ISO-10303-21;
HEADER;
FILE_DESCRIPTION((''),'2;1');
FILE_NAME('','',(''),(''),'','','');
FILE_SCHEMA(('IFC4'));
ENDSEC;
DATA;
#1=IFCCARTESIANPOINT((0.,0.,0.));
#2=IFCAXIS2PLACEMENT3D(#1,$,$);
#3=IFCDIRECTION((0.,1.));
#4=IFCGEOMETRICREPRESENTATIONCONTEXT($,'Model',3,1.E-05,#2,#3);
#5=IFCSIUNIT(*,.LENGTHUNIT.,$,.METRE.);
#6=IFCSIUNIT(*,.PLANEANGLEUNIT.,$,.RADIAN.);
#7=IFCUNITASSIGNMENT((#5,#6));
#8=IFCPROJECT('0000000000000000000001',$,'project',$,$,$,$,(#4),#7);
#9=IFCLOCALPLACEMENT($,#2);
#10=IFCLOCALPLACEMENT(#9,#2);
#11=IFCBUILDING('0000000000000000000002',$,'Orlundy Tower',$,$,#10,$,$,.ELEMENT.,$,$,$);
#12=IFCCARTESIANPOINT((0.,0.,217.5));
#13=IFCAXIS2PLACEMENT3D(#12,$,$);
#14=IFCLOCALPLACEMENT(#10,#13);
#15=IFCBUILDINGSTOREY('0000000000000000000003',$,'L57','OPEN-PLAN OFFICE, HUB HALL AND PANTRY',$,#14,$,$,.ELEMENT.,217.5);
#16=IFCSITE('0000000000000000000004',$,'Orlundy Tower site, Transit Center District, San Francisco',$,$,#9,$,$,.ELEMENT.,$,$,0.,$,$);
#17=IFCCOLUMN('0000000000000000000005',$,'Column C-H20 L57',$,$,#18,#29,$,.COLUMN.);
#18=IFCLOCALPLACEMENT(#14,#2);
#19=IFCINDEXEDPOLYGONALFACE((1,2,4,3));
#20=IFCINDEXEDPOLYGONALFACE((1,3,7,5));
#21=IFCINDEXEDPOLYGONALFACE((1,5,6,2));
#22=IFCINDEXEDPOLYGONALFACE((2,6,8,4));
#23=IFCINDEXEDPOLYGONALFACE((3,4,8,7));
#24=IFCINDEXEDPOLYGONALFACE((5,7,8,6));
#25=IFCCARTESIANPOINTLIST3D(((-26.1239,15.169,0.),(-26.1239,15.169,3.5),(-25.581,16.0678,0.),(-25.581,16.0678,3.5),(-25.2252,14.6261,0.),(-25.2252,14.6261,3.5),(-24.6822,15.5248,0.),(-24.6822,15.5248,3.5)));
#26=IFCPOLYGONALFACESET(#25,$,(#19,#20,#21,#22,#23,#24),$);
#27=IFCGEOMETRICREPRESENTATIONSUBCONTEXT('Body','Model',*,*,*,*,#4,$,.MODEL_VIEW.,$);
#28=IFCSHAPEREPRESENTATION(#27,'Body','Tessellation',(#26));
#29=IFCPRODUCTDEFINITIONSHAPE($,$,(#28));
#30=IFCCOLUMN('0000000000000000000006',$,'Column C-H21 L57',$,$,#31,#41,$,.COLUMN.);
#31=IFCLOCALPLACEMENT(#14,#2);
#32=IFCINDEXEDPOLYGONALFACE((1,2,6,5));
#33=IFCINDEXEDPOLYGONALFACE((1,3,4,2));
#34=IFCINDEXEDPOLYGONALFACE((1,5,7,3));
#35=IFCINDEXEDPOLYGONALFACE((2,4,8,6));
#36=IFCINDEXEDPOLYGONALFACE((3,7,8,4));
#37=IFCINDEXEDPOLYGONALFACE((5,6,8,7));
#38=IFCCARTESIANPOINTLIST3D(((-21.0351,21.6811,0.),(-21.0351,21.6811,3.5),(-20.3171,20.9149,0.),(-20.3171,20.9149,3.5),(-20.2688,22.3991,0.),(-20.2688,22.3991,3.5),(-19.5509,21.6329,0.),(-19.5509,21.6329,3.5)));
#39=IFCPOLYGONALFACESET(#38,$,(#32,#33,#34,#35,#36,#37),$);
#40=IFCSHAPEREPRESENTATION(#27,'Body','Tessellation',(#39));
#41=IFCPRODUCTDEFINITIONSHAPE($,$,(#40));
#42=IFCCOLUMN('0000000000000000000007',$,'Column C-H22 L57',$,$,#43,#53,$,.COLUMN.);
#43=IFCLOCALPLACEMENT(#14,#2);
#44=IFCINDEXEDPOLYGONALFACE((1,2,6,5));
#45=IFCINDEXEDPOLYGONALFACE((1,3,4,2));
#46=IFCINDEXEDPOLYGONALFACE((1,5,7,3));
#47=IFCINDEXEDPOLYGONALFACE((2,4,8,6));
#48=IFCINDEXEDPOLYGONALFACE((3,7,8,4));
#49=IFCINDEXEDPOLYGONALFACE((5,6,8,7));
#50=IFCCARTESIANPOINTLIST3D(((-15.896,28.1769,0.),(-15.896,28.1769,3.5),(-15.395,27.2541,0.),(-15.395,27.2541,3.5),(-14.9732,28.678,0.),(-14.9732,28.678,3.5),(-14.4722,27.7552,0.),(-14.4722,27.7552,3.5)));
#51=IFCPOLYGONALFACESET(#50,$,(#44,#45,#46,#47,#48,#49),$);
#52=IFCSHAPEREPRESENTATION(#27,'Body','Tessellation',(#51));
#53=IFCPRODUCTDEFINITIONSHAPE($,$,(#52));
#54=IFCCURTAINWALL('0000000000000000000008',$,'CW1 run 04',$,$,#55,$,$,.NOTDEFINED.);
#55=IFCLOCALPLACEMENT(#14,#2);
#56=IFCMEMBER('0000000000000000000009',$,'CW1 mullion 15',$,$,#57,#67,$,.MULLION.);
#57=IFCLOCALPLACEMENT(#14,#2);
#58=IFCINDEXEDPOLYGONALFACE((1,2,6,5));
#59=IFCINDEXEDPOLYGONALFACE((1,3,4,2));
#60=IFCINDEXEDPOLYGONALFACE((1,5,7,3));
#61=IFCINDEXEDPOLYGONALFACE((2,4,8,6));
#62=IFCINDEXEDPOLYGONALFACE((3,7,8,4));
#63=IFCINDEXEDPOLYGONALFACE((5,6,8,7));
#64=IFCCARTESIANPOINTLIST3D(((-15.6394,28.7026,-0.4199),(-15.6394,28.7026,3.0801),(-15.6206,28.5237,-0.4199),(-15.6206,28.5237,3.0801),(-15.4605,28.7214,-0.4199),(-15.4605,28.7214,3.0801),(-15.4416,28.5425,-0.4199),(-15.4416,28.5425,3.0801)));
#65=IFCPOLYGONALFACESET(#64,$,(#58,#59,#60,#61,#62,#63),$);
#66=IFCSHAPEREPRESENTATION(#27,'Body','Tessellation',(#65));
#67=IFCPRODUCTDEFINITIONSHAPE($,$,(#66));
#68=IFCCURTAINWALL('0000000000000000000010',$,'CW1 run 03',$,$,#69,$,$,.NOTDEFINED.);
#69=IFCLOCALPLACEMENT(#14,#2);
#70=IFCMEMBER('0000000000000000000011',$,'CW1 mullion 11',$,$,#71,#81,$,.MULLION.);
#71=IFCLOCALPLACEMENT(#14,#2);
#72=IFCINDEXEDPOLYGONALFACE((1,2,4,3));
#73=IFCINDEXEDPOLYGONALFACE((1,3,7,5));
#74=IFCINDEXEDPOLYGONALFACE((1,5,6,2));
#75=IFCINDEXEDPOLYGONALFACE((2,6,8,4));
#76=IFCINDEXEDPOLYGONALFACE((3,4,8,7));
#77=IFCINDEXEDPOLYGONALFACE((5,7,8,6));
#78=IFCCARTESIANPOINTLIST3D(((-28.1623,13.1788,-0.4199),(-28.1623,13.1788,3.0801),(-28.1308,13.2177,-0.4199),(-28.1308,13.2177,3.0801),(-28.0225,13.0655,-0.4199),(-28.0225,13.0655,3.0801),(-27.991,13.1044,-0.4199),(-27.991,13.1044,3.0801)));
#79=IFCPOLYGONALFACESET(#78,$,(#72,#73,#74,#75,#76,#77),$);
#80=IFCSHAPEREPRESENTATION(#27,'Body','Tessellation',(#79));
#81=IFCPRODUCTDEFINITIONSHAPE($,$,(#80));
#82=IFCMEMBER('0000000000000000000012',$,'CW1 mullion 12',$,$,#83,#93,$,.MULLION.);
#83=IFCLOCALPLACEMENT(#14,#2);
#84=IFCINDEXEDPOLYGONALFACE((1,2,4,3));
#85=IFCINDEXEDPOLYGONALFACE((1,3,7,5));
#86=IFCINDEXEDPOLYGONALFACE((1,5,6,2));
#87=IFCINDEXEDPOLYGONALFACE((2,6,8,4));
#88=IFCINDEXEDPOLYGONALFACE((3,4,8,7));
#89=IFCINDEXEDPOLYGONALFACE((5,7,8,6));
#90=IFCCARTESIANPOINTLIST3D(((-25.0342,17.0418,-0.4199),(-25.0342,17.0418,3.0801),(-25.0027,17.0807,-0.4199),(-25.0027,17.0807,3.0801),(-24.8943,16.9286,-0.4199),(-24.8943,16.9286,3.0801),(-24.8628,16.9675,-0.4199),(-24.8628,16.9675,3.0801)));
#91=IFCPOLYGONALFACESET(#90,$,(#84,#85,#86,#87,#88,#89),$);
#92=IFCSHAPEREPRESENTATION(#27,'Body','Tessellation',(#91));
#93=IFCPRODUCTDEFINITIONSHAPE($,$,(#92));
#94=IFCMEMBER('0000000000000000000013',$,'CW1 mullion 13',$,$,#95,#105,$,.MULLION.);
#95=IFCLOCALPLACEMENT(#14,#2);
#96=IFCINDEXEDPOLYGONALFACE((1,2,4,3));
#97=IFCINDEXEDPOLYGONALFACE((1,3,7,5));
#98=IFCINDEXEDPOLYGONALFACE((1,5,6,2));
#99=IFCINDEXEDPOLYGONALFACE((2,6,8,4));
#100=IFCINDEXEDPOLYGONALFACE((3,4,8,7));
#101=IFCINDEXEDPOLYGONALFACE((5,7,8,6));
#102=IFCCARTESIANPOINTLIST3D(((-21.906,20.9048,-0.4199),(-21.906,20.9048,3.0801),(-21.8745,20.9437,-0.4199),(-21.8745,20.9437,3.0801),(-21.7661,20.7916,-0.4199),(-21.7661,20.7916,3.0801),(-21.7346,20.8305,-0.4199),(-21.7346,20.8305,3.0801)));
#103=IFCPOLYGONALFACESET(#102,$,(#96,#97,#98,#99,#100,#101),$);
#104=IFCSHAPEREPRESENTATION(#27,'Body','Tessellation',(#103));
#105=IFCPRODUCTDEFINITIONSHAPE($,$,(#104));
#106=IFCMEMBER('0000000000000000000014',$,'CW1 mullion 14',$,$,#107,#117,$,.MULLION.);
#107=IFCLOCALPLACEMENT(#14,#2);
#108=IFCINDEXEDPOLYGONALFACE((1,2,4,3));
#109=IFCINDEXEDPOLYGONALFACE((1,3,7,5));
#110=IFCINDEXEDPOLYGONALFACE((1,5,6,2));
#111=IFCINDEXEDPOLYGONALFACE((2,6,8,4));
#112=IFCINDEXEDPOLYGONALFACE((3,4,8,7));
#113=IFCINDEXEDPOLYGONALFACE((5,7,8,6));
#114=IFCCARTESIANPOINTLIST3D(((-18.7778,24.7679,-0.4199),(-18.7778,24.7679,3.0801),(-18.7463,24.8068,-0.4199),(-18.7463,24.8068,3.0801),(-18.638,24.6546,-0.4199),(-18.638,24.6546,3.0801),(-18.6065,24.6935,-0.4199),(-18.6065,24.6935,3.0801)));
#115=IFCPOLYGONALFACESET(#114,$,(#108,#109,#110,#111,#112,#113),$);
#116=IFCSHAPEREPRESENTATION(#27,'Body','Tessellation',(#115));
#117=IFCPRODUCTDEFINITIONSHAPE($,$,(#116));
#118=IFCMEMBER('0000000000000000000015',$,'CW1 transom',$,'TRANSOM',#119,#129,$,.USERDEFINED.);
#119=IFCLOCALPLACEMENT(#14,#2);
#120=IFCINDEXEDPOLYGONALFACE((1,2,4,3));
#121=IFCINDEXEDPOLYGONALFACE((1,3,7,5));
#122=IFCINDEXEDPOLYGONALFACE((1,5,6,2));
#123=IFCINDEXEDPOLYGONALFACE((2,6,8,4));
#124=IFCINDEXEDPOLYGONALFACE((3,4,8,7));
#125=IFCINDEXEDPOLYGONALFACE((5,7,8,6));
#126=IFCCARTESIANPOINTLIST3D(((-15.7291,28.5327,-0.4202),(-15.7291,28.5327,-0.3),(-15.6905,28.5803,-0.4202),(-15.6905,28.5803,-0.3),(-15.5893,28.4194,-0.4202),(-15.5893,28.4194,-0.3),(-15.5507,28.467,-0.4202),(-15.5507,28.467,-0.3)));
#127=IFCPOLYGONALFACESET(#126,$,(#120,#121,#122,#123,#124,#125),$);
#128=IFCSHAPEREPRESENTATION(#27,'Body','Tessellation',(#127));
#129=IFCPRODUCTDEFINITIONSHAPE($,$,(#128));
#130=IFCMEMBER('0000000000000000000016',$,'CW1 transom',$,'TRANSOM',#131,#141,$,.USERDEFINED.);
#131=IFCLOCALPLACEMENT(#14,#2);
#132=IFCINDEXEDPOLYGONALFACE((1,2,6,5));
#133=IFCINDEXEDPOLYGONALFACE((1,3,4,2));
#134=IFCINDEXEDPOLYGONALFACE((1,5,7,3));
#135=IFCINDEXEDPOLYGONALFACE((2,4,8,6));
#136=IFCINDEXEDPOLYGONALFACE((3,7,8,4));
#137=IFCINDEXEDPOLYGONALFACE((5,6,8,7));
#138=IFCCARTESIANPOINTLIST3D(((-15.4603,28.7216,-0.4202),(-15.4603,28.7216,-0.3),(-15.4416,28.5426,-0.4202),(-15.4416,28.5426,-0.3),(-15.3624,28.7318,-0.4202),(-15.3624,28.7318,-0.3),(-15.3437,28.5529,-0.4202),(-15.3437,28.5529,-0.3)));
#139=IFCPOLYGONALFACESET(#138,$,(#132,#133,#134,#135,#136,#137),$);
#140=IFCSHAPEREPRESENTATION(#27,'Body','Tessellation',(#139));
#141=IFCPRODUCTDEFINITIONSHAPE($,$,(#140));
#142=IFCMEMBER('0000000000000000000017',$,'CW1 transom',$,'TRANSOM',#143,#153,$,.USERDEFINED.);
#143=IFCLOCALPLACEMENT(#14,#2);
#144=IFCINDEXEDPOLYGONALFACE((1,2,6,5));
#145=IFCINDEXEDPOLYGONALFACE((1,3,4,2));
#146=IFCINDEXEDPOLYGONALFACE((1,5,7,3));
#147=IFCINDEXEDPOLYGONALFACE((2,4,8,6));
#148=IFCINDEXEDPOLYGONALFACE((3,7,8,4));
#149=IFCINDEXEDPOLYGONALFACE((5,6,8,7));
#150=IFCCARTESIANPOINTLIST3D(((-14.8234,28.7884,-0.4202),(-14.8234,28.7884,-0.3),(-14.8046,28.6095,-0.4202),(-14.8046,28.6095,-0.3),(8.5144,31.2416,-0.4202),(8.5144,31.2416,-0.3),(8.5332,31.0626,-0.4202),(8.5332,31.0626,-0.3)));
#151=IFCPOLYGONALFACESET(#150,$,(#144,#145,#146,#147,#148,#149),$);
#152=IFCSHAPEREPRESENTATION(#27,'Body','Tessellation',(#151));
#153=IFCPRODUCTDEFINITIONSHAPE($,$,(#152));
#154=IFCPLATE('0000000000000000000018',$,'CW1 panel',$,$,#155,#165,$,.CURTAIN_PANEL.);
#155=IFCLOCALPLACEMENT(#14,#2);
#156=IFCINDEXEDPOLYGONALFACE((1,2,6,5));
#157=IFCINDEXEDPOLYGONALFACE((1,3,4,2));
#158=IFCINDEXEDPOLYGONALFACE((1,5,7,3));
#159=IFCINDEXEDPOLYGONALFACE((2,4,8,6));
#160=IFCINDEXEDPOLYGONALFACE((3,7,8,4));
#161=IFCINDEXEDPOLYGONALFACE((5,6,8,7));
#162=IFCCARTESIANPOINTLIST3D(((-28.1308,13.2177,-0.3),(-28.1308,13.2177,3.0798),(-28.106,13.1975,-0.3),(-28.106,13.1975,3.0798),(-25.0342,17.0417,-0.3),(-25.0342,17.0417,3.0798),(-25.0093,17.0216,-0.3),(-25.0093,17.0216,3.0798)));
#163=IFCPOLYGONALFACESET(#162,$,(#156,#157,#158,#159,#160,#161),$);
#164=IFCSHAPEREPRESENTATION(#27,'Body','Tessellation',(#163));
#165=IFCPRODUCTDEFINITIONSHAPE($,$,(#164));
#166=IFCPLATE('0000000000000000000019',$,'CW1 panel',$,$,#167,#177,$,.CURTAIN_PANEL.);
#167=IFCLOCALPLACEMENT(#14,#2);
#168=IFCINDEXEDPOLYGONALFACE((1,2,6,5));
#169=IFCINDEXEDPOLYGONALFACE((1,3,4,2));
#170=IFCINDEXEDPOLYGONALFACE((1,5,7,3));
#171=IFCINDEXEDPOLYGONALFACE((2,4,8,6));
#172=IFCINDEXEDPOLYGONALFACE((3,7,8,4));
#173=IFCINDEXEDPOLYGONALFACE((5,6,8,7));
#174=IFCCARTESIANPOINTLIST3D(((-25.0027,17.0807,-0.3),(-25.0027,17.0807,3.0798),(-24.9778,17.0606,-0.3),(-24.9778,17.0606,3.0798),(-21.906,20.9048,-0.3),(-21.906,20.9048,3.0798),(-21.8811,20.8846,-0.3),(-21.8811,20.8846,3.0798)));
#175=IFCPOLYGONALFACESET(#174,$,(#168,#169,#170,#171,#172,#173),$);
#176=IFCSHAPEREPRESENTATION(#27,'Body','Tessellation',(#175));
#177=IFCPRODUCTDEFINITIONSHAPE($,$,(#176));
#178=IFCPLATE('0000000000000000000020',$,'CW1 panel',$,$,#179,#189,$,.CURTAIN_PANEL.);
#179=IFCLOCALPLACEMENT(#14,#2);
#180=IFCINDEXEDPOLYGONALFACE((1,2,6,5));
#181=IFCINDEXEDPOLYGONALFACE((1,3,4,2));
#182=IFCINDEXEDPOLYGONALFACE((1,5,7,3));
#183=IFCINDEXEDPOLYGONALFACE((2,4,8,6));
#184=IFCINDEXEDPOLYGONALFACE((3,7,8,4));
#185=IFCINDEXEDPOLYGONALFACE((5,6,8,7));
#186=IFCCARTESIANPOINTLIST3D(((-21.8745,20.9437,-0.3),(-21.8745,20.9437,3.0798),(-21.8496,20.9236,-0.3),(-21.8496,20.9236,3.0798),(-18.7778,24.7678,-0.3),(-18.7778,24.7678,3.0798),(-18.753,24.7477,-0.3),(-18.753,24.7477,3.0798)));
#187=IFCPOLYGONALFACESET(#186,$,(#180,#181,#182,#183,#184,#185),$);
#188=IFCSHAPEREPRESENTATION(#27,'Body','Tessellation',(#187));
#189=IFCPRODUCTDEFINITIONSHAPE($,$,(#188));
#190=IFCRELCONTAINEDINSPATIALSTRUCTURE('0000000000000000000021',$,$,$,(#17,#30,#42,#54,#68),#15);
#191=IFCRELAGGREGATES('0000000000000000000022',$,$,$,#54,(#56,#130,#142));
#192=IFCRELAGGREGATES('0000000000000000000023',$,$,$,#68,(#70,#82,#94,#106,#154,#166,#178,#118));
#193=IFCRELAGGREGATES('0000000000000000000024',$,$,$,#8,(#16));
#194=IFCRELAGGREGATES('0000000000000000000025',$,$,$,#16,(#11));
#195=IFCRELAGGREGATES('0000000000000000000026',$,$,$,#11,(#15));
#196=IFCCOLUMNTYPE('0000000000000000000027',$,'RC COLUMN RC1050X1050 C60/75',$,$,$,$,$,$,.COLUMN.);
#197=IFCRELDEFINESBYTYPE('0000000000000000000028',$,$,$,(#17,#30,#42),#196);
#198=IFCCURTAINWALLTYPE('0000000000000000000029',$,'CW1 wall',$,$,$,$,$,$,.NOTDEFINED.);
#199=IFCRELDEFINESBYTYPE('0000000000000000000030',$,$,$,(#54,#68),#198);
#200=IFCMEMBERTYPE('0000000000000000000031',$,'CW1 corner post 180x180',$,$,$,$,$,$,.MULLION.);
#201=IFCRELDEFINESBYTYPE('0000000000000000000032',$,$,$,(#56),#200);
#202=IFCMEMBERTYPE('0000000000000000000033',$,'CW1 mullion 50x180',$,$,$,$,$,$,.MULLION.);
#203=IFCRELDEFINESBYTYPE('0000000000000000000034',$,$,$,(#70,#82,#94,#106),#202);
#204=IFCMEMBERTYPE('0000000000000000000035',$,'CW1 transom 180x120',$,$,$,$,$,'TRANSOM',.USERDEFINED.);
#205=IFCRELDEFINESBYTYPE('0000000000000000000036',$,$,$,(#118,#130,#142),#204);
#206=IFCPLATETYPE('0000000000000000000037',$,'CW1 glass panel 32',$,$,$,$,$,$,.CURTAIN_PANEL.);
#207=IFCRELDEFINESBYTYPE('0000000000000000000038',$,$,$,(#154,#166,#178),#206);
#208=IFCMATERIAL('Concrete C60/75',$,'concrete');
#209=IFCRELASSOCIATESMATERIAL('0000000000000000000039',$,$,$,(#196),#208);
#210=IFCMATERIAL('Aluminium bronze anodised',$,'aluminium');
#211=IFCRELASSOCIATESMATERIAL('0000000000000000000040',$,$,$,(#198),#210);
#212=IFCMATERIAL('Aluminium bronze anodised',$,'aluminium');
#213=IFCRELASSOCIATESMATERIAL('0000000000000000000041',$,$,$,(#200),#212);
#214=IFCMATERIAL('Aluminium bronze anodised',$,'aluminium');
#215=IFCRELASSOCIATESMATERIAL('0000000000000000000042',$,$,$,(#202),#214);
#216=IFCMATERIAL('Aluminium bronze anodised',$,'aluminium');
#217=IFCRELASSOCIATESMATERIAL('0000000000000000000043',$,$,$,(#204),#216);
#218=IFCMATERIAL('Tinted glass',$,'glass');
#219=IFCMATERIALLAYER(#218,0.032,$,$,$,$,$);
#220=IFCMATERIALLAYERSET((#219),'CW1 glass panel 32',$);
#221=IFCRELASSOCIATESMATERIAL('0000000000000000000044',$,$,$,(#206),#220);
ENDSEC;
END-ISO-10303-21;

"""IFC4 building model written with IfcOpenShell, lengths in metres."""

from ifc_helpers import new_model, si_unit, direction, frame, origin, origin_2d, place, context, subcontext, project, spatial, rectangle, extrude, material, layer, layer_set, material_profile, profile_set, type_object, element, aggregate, save


model = new_model("IFC4")

# Units and contexts
model_context = context("Model", 3, precision=1e-05, world=origin(), true_north=direction((0.0, 1.0)))
body_context = subcontext(model_context, "Body", "Model", "MODEL_VIEW")
ifc_project = project(units=[si_unit("LENGTHUNIT", "METRE"), si_unit("PLANEANGLEUNIT", "RADIAN")], contexts=[model_context])

# Site, building, storey
site_placement = place(None, origin())
site = spatial("IfcSite", under=ifc_project, at=site_placement, Name="Orlundy Tower site, Transit Center District, San Francisco", CompositionType="ELEMENT", RefElevation=0.0)
building_placement = place(site_placement, origin())
building = spatial("IfcBuilding", under=site, at=building_placement, Name="Orlundy Tower", CompositionType="ELEMENT")
storey_placement = place(building_placement, frame((0.0, 0.0, 217.5)))
storey = spatial("IfcBuildingStorey", under=building, at=storey_placement, Name="L57", Description="OPEN-PLAN OFFICE, HUB HALL AND PANTRY", CompositionType="ELEMENT", Elevation=217.5)

# Columns
ifc_material_1 = material(Name="Concrete C60/75", Category="concrete")
ifc_material_profile_1 = material_profile(ifc_material_1, rectangle(XDim=1.05, YDim=1.05, at=origin_2d()), Name="RC1050X1050")
ifc_profile_set_1 = profile_set([ifc_material_profile_1], Name="Concrete C60/75")
column_type = type_object("IfcColumnType", Name="RC COLUMN RC1050X1050 C60/75", PredefinedType="COLUMN", material=ifc_profile_set_1)
for number, where, z_axis, x_axis, name in (
    (1, (-25.4031, 15.3469, 0.0), (0.0, 0.0, 1.0), (-0.855924, 0.517101, 0.0), "Column C-H20 L57"),
    (2, (-20.293, 21.657, 0.0), (0.0, 0.0, 1.0), (-0.683758, 0.729709, 0.0), "Column C-H21 L57"),
    (3, (-15.1841, 27.9661, 0.0), (0.0, 0.0, 1.0), (-0.477159, 0.878817, 0.0), "Column C-H22 L57"),
):
    element("IfcColumn", number, at=place(storey_placement, frame(where, z_axis=z_axis, x_axis=x_axis)), inside=storey, type_object=column_type, Name=name, PredefinedType="COLUMN", context=body_context, shape_type="SweptSolid", body=[
        extrude(rectangle(XDim=1.05, YDim=1.05, at=origin_2d()), origin(), (0.0, 0.0, 1.0), 3.5),
    ])

# Curtain wall, member
ifc_material_2 = material(Name="Aluminium bronze anodised", Category="aluminium")
curtain_wall_type = type_object("IfcCurtainWallType", Name="CW1 wall", PredefinedType="NOTDEFINED", material=ifc_material_2)
curtain_wall_1_placement = place(storey_placement, origin())
curtain_wall_1 = element("IfcCurtainWall", 4, at=curtain_wall_1_placement, inside=storey, type_object=curtain_wall_type, Name="CW1 run 04", PredefinedType="NOTDEFINED")
ifc_material_3 = material(Name="Aluminium bronze anodised", Category="aluminium")
ifc_material_profile_2 = material_profile(ifc_material_3, rectangle(XDim=0.1799, YDim=0.1799, at=origin_2d()), Name="CW1 corner post 180x180")
ifc_profile_set_2 = profile_set([ifc_material_profile_2], Name="Aluminium bronze anodised")
member_type_1 = type_object("IfcMemberType", Name="CW1 corner post 180x180", PredefinedType="MULLION", material=ifc_profile_set_2)
member_1_placement = place(storey_placement, frame((-15.5405, 28.6226, -0.4199), z_axis=(0.0, 0.0, 1.0), x_axis=(-0.104538, 0.994521, 0.0)))
member_1 = element("IfcMember", 5, at=member_1_placement, type_object=member_type_1, Name="CW1 mullion 15", PredefinedType="MULLION", context=body_context, shape_type="SweptSolid", body=[
    extrude(rectangle(XDim=0.1799, YDim=0.1799, at=origin_2d()), origin(), (0.0, 0.0, 1.0), 3.5),
])

# Curtain wall, members
curtain_wall_2_placement = place(storey_placement, origin())
curtain_wall_2 = element("IfcCurtainWall", 6, at=curtain_wall_2_placement, inside=storey, type_object=curtain_wall_type, Name="CW1 run 03", PredefinedType="NOTDEFINED")
ifc_material_4 = material(Name="Aluminium bronze anodised", Category="aluminium")
ifc_material_profile_3 = material_profile(ifc_material_4, rectangle(XDim=0.1799, YDim=0.05, at=origin_2d()), Name="CW1 mullion 50x180")
ifc_profile_set_3 = profile_set([ifc_material_profile_3], Name="Aluminium bronze anodised")
member_type_2 = type_object("IfcMemberType", Name="CW1 mullion 50x180", PredefinedType="MULLION", material=ifc_profile_set_3)
member_2_placement = place(storey_placement, frame((-28.0767, 13.1416, -0.4199), z_axis=(0.0, 0.0, 1.0), x_axis=(-0.777146, 0.629321, 0.0)))
member_2 = element("IfcMember", 7, at=member_2_placement, type_object=member_type_2, Name="CW1 mullion 11", PredefinedType="MULLION", context=body_context, shape_type="SweptSolid", body=[
    extrude(rectangle(XDim=0.1799, YDim=0.05, at=origin_2d()), origin(), (0.0, 0.0, 1.0), 3.5),
])
member_3_placement = place(storey_placement, frame((-24.9485, 17.0046, -0.4199), z_axis=(0.0, 0.0, 1.0), x_axis=(-0.777146, 0.629321, 0.0)))
member_3 = element("IfcMember", 8, at=member_3_placement, type_object=member_type_2, Name="CW1 mullion 12", PredefinedType="MULLION", context=body_context, shape_type="SweptSolid", body=[
    extrude(rectangle(XDim=0.1799, YDim=0.05, at=origin_2d()), origin(), (0.0, 0.0, 1.0), 3.5),
])
member_4_placement = place(storey_placement, frame((-21.8203, 20.8677, -0.4199), z_axis=(0.0, 0.0, 1.0), x_axis=(-0.777146, 0.629321, 0.0)))
member_4 = element("IfcMember", 9, at=member_4_placement, type_object=member_type_2, Name="CW1 mullion 13", PredefinedType="MULLION", context=body_context, shape_type="SweptSolid", body=[
    extrude(rectangle(XDim=0.1799, YDim=0.05, at=origin_2d()), origin(), (0.0, 0.0, 1.0), 3.5),
])
member_5_placement = place(storey_placement, frame((-18.6921, 24.7307, -0.4199), z_axis=(0.0, 0.0, 1.0), x_axis=(-0.777146, 0.629321, 0.0)))
member_5 = element("IfcMember", 10, at=member_5_placement, type_object=member_type_2, Name="CW1 mullion 14", PredefinedType="MULLION", context=body_context, shape_type="SweptSolid", body=[
    extrude(rectangle(XDim=0.1799, YDim=0.05, at=origin_2d()), origin(), (0.0, 0.0, 1.0), 3.5),
])
ifc_material_5 = material(Name="Aluminium bronze anodised", Category="aluminium")
ifc_material_profile_4 = material_profile(ifc_material_5, rectangle(XDim=0.1799, YDim=0.1201, at=origin_2d()), Name="CW1 transom 180x120")
ifc_profile_set_4 = profile_set([ifc_material_profile_4], Name="Aluminium bronze anodised")
member_type_3 = type_object("IfcMemberType", Name="CW1 transom 180x120", ElementType="TRANSOM", PredefinedType="USERDEFINED", material=ifc_profile_set_4)
member_6_placement = place(storey_placement, frame((-15.6592, 28.4761, -0.3601), z_axis=(0.629542, 0.776966, 0.0), x_axis=(-0.776966, 0.629542, 0.0)))
member_6 = element("IfcMember", 11, at=member_6_placement, type_object=member_type_3, Name="CW1 transom", ObjectType="TRANSOM", PredefinedType="USERDEFINED", context=body_context, shape_type="SweptSolid", body=[
    extrude(rectangle(XDim=0.1799, YDim=0.1201, at=origin_2d()), origin(), (0.0, 0.0, 1.0), 0.0613),
])

# Members
member_7_placement = place(storey_placement, frame((-15.4509, 28.6321, -0.3601), z_axis=(0.99456, 0.104168, 0.0), x_axis=(-0.104168, 0.99456, 0.0)))
member_7 = element("IfcMember", 12, at=member_7_placement, type_object=member_type_3, Name="CW1 transom", ObjectType="TRANSOM", PredefinedType="USERDEFINED", context=body_context, shape_type="SweptSolid", body=[
    extrude(rectangle(XDim=0.1799, YDim=0.1201, at=origin_2d()), origin(), (0.0, 0.0, 1.0), 0.0984),
])
member_8_placement = place(storey_placement, frame((-14.814, 28.699, -0.3601), z_axis=(0.994521, 0.104539, 0.0), x_axis=(-0.104539, 0.994521, 0.0)))
member_8 = element("IfcMember", 13, at=member_8_placement, type_object=member_type_3, Name="CW1 transom", ObjectType="TRANSOM", PredefinedType="USERDEFINED", context=body_context, shape_type="SweptSolid", body=[
    extrude(rectangle(XDim=0.1799, YDim=0.1201, at=origin_2d()), origin(), (0.0, 0.0, 1.0), 23.4663),
])
aggregate(curtain_wall_1, [member_1, member_7, member_8])

# Plates
ifc_material_6 = material(Name="Tinted glass", Category="glass")
ifc_layer_1 = layer(ifc_material_6, 0.032)
ifc_layer_set_1 = layer_set([ifc_layer_1], Name="CW1 glass panel 32")
plate_type = type_object("IfcPlateType", Name="CW1 glass panel 32", PredefinedType="CURTAIN_PANEL", material=ifc_layer_set_1)
plate_1_placement = place(storey_placement, frame((-26.5701, 15.1196, -0.3), z_axis=(0.0, 0.0, 1.0), x_axis=(0.629321, 0.777146, 0.0)))
plate_1 = element("IfcPlate", 14, at=plate_1_placement, type_object=plate_type, Name="CW1 panel", PredefinedType="CURTAIN_PANEL", context=body_context, shape_type="SweptSolid", body=[
    extrude(rectangle(XDim=4.9207, YDim=0.032, at=origin_2d()), origin(), (0.0, 0.0, 1.0), 3.3799),
])
plate_2_placement = place(storey_placement, frame((-23.4419, 18.9827, -0.3), z_axis=(0.0, 0.0, 1.0), x_axis=(0.629321, 0.777146, 0.0)))
plate_2 = element("IfcPlate", 15, at=plate_2_placement, type_object=plate_type, Name="CW1 panel", PredefinedType="CURTAIN_PANEL", context=body_context, shape_type="SweptSolid", body=[
    extrude(rectangle(XDim=4.9207, YDim=0.032, at=origin_2d()), origin(), (0.0, 0.0, 1.0), 3.3799),
])
plate_3_placement = place(storey_placement, frame((-20.3137, 22.8457, -0.3), z_axis=(0.0, 0.0, 1.0), x_axis=(0.629321, 0.777146, 0.0)))
plate_3 = element("IfcPlate", 16, at=plate_3_placement, type_object=plate_type, Name="CW1 panel", PredefinedType="CURTAIN_PANEL", context=body_context, shape_type="SweptSolid", body=[
    extrude(rectangle(XDim=4.9207, YDim=0.032, at=origin_2d()), origin(), (0.0, 0.0, 1.0), 3.3799),
])
aggregate(curtain_wall_2, [member_2, member_3, member_4, member_5, plate_1, plate_2, plate_3, member_6])

save(model, "model.ifc")
